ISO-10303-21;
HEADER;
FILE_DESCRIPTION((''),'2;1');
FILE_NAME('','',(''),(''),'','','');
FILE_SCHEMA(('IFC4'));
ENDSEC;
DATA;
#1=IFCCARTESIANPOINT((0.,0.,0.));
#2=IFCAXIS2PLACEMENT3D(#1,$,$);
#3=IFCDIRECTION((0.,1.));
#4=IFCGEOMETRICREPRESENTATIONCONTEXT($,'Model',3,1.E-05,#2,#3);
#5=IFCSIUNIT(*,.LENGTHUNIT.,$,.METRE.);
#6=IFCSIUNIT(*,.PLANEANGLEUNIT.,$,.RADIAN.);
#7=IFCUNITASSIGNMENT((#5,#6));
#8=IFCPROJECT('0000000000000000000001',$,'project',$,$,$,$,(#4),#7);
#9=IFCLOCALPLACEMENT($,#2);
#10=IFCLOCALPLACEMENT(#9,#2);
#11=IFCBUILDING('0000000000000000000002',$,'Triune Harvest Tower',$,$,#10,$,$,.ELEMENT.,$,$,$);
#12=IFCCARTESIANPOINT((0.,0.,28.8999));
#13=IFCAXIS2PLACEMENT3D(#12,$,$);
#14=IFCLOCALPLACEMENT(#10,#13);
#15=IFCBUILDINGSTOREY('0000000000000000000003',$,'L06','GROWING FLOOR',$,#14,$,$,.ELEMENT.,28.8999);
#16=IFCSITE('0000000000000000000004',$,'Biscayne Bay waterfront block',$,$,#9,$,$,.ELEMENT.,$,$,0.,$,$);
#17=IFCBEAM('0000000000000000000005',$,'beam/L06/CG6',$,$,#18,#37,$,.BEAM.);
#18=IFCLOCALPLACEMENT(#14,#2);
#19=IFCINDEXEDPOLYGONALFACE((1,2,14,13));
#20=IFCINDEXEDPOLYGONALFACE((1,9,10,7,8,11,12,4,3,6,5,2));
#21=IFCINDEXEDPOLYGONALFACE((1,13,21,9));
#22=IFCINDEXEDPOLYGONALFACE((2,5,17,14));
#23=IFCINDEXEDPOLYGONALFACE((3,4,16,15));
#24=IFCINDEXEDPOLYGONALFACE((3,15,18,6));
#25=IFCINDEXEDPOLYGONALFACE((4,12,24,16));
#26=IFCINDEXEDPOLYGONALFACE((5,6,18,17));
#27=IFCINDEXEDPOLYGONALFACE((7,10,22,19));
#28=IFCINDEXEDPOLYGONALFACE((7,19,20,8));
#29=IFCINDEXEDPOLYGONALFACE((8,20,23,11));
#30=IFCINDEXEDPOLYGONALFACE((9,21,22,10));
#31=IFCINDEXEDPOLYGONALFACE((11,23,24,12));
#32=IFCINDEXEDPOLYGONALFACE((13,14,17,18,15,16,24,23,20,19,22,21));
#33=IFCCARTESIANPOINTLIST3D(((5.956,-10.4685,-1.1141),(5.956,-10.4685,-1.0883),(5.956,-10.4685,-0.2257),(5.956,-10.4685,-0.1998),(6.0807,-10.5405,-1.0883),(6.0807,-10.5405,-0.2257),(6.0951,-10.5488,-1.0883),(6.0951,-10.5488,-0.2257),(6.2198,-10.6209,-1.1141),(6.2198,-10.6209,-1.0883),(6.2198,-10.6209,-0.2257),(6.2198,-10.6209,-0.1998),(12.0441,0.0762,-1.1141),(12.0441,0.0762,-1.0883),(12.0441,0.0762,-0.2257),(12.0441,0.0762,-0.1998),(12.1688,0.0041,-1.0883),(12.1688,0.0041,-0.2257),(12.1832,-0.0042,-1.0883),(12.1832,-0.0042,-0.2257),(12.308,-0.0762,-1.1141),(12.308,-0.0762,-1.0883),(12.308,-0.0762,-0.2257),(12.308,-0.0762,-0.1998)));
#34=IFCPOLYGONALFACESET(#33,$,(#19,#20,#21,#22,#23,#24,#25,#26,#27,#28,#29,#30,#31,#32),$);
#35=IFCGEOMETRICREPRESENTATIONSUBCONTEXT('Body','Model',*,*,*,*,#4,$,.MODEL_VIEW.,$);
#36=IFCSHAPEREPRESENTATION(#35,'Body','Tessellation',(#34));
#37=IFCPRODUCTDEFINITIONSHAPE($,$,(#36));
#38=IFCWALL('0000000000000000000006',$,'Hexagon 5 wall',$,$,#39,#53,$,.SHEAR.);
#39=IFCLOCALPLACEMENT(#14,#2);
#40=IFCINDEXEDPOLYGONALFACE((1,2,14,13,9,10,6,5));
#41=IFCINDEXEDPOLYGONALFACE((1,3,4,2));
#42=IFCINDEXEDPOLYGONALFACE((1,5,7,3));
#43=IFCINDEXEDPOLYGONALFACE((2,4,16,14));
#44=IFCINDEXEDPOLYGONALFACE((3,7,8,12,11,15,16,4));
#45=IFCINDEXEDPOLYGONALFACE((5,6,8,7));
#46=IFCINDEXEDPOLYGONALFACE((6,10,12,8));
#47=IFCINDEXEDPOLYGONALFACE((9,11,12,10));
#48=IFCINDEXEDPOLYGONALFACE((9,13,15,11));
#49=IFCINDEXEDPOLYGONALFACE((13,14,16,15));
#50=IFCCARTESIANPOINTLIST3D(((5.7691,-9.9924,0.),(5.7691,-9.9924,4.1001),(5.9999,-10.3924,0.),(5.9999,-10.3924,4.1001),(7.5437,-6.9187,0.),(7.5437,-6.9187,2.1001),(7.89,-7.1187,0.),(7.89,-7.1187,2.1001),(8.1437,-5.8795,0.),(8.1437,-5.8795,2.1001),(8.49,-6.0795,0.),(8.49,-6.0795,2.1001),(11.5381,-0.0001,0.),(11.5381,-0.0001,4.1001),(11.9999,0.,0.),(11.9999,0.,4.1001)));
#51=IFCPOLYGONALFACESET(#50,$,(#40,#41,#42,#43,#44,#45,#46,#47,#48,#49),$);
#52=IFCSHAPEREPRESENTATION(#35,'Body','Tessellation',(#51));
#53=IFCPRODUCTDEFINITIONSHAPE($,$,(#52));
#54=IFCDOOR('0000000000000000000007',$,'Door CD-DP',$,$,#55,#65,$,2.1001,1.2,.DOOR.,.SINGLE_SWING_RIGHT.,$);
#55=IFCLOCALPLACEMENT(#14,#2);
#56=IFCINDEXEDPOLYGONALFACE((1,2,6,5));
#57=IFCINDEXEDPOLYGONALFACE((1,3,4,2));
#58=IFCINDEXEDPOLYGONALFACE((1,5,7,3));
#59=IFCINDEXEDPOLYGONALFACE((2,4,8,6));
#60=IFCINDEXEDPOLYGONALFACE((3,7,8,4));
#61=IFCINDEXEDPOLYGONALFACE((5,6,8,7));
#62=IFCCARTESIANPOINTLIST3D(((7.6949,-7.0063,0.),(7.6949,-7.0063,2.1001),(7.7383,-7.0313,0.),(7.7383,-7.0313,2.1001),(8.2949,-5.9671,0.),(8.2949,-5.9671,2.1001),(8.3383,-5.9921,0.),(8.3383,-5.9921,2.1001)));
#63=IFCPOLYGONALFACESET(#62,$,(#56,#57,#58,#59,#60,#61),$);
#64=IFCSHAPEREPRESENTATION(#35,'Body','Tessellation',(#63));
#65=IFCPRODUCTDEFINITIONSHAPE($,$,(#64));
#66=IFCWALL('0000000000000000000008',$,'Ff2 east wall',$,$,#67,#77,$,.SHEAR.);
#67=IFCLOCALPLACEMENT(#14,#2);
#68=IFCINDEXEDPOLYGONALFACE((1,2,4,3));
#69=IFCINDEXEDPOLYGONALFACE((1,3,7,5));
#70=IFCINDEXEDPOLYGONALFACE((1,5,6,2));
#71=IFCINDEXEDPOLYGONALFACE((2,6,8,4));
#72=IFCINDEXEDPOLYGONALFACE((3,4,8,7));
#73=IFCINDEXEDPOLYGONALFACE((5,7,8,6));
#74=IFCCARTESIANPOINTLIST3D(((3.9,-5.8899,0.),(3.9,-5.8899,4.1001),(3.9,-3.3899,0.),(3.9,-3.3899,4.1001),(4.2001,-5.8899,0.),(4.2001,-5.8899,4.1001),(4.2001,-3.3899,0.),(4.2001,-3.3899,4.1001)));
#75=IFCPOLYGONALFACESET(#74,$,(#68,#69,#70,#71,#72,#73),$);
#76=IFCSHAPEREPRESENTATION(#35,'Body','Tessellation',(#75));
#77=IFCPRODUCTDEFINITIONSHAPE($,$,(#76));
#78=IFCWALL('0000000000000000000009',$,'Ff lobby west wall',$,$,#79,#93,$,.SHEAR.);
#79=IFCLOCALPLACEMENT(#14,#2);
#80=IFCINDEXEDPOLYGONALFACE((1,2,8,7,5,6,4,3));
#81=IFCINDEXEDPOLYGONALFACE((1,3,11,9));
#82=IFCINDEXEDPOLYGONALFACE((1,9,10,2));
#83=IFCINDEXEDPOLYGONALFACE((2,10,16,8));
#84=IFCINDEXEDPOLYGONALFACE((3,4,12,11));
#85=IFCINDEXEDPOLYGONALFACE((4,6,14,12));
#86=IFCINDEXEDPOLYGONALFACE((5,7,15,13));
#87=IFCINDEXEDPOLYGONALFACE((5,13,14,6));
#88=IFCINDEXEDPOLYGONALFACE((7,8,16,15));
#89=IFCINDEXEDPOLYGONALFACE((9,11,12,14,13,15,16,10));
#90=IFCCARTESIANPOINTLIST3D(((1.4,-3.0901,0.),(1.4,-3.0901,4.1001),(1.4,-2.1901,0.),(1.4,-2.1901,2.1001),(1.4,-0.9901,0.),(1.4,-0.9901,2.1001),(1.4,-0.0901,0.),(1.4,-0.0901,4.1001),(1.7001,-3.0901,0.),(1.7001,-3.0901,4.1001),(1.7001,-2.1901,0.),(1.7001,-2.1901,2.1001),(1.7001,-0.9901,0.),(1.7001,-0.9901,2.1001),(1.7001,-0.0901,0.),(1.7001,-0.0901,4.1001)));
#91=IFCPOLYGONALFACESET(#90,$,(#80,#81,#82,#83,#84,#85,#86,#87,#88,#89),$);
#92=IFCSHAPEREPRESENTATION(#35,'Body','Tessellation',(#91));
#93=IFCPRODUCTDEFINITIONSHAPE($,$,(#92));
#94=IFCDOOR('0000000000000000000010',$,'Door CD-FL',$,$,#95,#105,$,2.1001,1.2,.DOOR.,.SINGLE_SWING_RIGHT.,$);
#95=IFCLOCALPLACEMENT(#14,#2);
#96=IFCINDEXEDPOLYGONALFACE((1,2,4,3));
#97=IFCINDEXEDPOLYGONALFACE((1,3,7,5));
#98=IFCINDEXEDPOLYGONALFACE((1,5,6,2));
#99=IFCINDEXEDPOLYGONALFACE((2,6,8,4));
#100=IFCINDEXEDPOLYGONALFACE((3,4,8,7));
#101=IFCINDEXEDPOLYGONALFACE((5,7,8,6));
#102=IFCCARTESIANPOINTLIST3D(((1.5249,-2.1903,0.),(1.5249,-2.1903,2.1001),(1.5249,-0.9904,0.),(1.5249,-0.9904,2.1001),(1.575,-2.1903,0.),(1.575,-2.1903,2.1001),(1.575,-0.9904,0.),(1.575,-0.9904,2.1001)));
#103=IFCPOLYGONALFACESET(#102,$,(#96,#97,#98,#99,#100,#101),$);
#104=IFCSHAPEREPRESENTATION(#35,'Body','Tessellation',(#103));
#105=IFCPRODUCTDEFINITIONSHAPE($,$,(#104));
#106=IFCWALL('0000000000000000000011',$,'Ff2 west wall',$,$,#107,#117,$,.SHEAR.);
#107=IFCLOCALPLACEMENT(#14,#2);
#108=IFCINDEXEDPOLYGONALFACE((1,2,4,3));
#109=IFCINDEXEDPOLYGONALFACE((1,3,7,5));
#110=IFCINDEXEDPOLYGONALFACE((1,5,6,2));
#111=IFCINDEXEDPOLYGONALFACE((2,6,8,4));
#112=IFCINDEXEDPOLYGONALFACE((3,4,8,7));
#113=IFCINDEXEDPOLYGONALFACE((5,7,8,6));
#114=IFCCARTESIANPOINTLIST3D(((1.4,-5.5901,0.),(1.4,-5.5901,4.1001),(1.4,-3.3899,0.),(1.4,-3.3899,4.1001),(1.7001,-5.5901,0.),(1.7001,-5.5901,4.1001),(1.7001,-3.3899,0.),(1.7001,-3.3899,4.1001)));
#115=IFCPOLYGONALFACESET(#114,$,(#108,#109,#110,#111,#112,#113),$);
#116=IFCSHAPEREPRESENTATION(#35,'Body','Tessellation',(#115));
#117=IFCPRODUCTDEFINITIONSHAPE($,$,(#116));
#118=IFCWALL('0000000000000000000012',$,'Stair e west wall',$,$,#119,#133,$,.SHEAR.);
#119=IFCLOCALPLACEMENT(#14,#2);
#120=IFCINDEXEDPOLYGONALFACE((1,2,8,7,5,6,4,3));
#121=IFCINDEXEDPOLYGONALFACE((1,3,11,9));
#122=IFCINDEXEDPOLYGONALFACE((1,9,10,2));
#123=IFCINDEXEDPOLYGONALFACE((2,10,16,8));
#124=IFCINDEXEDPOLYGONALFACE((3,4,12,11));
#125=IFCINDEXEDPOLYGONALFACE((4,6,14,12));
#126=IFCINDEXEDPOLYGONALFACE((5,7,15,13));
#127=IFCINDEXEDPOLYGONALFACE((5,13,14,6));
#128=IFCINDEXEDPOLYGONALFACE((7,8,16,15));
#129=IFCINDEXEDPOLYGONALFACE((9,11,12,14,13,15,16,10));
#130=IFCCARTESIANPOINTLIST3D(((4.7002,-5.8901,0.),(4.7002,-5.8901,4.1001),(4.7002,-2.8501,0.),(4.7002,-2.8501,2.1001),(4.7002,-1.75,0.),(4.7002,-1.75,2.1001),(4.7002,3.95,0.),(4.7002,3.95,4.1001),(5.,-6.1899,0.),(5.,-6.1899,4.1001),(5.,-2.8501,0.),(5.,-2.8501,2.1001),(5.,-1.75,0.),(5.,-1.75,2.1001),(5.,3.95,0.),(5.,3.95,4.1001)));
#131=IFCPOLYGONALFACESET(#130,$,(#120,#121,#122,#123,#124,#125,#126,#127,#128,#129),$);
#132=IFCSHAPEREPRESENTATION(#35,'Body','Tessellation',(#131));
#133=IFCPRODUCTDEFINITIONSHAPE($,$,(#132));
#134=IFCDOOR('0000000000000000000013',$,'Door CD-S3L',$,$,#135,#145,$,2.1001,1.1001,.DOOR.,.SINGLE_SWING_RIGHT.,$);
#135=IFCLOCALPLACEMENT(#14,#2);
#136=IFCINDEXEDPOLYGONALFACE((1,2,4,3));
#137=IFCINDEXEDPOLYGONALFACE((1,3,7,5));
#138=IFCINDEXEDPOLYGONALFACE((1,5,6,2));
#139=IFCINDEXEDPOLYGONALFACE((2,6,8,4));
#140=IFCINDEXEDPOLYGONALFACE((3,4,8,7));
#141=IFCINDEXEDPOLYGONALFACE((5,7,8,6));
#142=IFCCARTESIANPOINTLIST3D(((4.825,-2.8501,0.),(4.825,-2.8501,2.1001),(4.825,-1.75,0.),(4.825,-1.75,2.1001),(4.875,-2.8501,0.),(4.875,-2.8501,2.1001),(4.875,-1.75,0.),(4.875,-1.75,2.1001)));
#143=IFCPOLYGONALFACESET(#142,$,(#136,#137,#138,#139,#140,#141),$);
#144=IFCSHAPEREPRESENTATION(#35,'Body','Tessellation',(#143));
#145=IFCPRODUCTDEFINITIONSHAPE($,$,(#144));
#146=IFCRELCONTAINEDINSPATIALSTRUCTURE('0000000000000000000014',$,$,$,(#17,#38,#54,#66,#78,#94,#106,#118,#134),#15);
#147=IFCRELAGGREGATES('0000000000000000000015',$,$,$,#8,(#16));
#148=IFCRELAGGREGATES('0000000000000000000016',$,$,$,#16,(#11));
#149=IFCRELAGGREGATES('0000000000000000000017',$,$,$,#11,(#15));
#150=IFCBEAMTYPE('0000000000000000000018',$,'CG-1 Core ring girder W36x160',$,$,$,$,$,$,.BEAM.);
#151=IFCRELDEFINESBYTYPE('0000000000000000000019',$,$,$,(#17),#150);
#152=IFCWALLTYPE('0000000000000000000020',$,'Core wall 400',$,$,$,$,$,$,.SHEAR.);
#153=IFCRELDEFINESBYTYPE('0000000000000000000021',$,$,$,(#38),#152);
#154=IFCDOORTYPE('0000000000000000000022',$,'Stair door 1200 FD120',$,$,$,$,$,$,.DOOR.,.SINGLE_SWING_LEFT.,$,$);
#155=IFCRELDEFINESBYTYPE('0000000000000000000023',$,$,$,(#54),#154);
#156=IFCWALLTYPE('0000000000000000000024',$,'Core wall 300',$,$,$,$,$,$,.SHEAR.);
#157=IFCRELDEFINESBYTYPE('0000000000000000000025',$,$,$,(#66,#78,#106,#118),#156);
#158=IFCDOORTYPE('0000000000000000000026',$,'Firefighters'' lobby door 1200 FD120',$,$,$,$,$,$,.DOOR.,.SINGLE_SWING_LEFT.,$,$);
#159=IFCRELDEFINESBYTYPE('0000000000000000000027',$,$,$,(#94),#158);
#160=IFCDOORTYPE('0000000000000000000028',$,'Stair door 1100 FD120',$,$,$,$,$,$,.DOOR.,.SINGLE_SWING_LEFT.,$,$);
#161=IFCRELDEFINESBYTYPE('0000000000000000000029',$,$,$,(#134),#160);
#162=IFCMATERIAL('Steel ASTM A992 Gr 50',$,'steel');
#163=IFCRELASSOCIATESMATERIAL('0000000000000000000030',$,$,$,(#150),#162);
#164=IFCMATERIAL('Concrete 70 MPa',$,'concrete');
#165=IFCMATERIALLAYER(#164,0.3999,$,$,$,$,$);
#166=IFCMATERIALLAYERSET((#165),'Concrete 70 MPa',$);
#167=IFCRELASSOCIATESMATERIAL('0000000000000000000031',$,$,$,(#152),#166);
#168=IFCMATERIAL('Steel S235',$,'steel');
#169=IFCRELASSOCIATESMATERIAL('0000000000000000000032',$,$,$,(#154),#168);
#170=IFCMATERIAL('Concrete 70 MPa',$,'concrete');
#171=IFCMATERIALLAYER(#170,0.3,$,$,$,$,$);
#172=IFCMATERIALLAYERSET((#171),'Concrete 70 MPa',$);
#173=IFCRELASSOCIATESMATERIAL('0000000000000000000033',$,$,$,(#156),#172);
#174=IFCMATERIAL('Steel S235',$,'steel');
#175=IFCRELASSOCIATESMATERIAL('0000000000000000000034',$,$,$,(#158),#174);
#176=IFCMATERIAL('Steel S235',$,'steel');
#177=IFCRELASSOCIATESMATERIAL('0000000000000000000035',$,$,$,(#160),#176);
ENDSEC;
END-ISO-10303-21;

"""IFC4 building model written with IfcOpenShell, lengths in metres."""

from ifc_helpers import new_model, si_unit, direction, frame, frame_2d, origin, origin_2d, place, context, subcontext, project, spatial, polyline, rectangle, i_section, outline, extrude, source, transform, mapped, material, layer, layer_set, material_profile, profile_set, type_object, element, fill, save


model = new_model("IFC4")

# Units and contexts
model_context = context("Model", 3, precision=1e-05, world=origin(), true_north=direction((0.0, 1.0)))
body_context = subcontext(model_context, "Body", "Model", "MODEL_VIEW")
ifc_project = project(units=[si_unit("LENGTHUNIT", "METRE"), si_unit("PLANEANGLEUNIT", "RADIAN")], contexts=[model_context])

# Site, building, storey
site_placement = place(None, origin())
site = spatial("IfcSite", under=ifc_project, at=site_placement, Name="Biscayne Bay waterfront block", CompositionType="ELEMENT", RefElevation=0.0)
building_placement = place(site_placement, origin())
building = spatial("IfcBuilding", under=site, at=building_placement, Name="Triune Harvest Tower", CompositionType="ELEMENT")
storey_placement = place(building_placement, frame((0.0, 0.0, 28.8999)))
storey = spatial("IfcBuildingStorey", under=building, at=storey_placement, Name="L06", Description="GROWING FLOOR", CompositionType="ELEMENT", Elevation=28.8999)

# Beam
ifc_material_1 = material(Name="Steel ASTM A992 Gr 50", Category="steel")
ifc_material_profile = material_profile(ifc_material_1, i_section(OverallWidth=0.3047, OverallDepth=0.9143, WebThickness=0.0166, FlangeThickness=0.0259, at=origin_2d()), Name="W36x160")
ifc_profile_set = profile_set([ifc_material_profile], Name="Steel ASTM A992 Gr 50")
beam_type = type_object("IfcBeamType", Name="CG-1 Core ring girder W36x160", PredefinedType="BEAM", material=ifc_profile_set)
shared_shape_1 = source(origin(), body_context, "Body", "SweptSolid", [
    extrude(i_section(OverallWidth=0.3047, OverallDepth=0.9143, WebThickness=0.0166, FlangeThickness=0.0259, at=origin_2d()), origin(), (0.0, 0.0, 1.0), 12.176),
])
beam_placement = place(storey_placement, frame((6.0879, -10.5447, -0.657), z_axis=(0.50001, 0.86602, 0.0), x_axis=(-0.86602, 0.50001, 0.0)))
element("IfcBeam", 1, at=beam_placement, inside=storey, type_object=beam_type, Name="beam/L06/CG6", PredefinedType="BEAM", context=body_context, shape_type="MappedRepresentation", body=[
    mapped(shared_shape_1, transform((0.0, 0.0, 0.0), scale=1.0)),
])

# Wall, opening, door
ifc_material_2 = material(Name="Concrete 70 MPa", Category="concrete")
ifc_layer_1 = layer(ifc_material_2, 0.3999)
ifc_layer_set_1 = layer_set([ifc_layer_1], Name="Concrete 70 MPa")
wall_type_1 = type_object("IfcWallType", Name="Core wall 400", PredefinedType="SHEAR", material=ifc_layer_set_1)
shared_shape_2 = source(origin(), body_context, "Body", "SweptSolid", [
    extrude(outline(polyline([(-0.1155, -0.2), (11.8845, -0.2), (11.6536, 0.2), (0.1155, 0.2), (-0.1155, -0.2)])), origin(), (0.0, 0.0, 1.0), 4.1001),
])
wall_1_placement = place(storey_placement, frame((5.8845, -10.1924, 0.0), z_axis=(0.0, 0.0, 1.0), x_axis=(0.499997, 0.866027, 0.0)))
wall_1 = element("IfcWall", 2, at=wall_1_placement, inside=storey, type_object=wall_type_1, Name="Hexagon 5 wall", PredefinedType="SHEAR", context=body_context, shape_type="MappedRepresentation", body=[
    mapped(shared_shape_2, transform((0.0, 0.0, 0.0), scale=1.0)),
])
opening_1_placement = place(wall_1_placement, frame((3.6646, 0.0, 0.0)))
opening_1 = element("IfcOpeningElement", 3, at=opening_1_placement, cuts=wall_1, PredefinedType="OPENING", context=body_context, shape_type="SweptSolid", body=[
    extrude(rectangle(XDim=1.2, YDim=2.1001, at=frame_2d((0.6001, 1.05))), frame((0.0, 0.21, 0.0), z_axis=(0.0, -1.0, 0.0), x_axis=(1.0, 0.0, 0.0)), (0.0, 0.0, 1.0), 0.4199),
])
ifc_material_3 = material(Name="Steel S235", Category="steel")
door_type_1 = type_object("IfcDoorType", Name="Stair door 1200 FD120", OperationType="SINGLE_SWING_LEFT", PredefinedType="DOOR", material=ifc_material_3)
door_1_placement = place(opening_1_placement, frame((1.2, 0.0, 0.0), z_axis=(0.0, 0.0, 1.0), x_axis=(-1.0, 0.0, 0.0)))
door_1 = element("IfcDoor", 4, at=door_1_placement, inside=storey, type_object=door_type_1, Name="Door CD-DP", OperationType="SINGLE_SWING_RIGHT", OverallHeight=2.1001, OverallWidth=1.2, PredefinedType="DOOR", context=body_context, shape_type="SweptSolid", body=[
    extrude(rectangle(XDim=1.2, YDim=2.1001, at=frame_2d((0.6001, 1.05))), frame((0.0, 0.0249, 0.0), z_axis=(0.0, -1.0, 0.0), x_axis=(1.0, 0.0, 0.0)), (0.0, 0.0, 1.0), 0.05),
])
fill(opening_1, door_1)

# Wall
ifc_material_4 = material(Name="Concrete 70 MPa", Category="concrete")
ifc_layer_2 = layer(ifc_material_4, 0.3)
ifc_layer_set_2 = layer_set([ifc_layer_2], Name="Concrete 70 MPa")
wall_type_2 = type_object("IfcWallType", Name="Core wall 300", PredefinedType="SHEAR", material=ifc_layer_set_2)
shared_shape_3 = source(origin(), body_context, "Body", "SweptSolid", [
    extrude(rectangle(XDim=2.5, YDim=0.3, at=frame_2d((1.25, 0.0))), origin(), (0.0, 0.0, 1.0), 4.1001),
])
wall_2_placement = place(storey_placement, frame((4.05, -5.8899, 0.0), z_axis=(0.0, 0.0, 1.0), x_axis=(0.0, 1.0, 0.0)))
element("IfcWall", 5, at=wall_2_placement, inside=storey, type_object=wall_type_2, Name="Ff2 east wall", PredefinedType="SHEAR", context=body_context, shape_type="MappedRepresentation", body=[
    mapped(shared_shape_3, transform((0.0, 0.0, 0.0), scale=1.0)),
])

# Wall, opening, door
shared_shape_4 = source(origin(), body_context, "Body", "SweptSolid", [
    extrude(rectangle(XDim=3.0, YDim=0.3, at=frame_2d((1.5, 0.0))), origin(), (0.0, 0.0, 1.0), 4.1001),
])
wall_3_placement = place(storey_placement, frame((1.55, -3.0901, 0.0), z_axis=(0.0, 0.0, 1.0), x_axis=(0.0, 1.0, 0.0)))
wall_3 = element("IfcWall", 6, at=wall_3_placement, inside=storey, type_object=wall_type_2, Name="Ff lobby west wall", PredefinedType="SHEAR", context=body_context, shape_type="MappedRepresentation", body=[
    mapped(shared_shape_4, transform((0.0, 0.0, 0.0), scale=1.0)),
])
opening_2_placement = place(wall_3_placement, frame((0.8999, 0.0, 0.0)))
opening_2 = element("IfcOpeningElement", 7, at=opening_2_placement, cuts=wall_3, PredefinedType="OPENING", context=body_context, shape_type="SweptSolid", body=[
    extrude(rectangle(XDim=1.2, YDim=2.1001, at=frame_2d((0.6001, 1.05))), frame((0.0, 0.1602, 0.0), z_axis=(0.0, -1.0, 0.0), x_axis=(1.0, 0.0, 0.0)), (0.0, 0.0, 1.0), 0.3201),
])
ifc_material_5 = material(Name="Steel S235", Category="steel")
door_type_2 = type_object("IfcDoorType", Name="Firefighters' lobby door 1200 FD120", OperationType="SINGLE_SWING_LEFT", PredefinedType="DOOR", material=ifc_material_5)
door_2_placement = place(opening_2_placement, frame((1.2, 0.0, 0.0), z_axis=(0.0, 0.0, 1.0), x_axis=(-1.0, 0.0, 0.0)))
door_2 = element("IfcDoor", 8, at=door_2_placement, inside=storey, type_object=door_type_2, Name="Door CD-FL", OperationType="SINGLE_SWING_RIGHT", OverallHeight=2.1001, OverallWidth=1.2, PredefinedType="DOOR", context=body_context, shape_type="SweptSolid", body=[
    extrude(rectangle(XDim=1.2, YDim=2.1001, at=frame_2d((0.6001, 1.05))), frame((0.0, 0.0249, 0.0), z_axis=(0.0, -1.0, 0.0), x_axis=(1.0, 0.0, 0.0)), (0.0, 0.0, 1.0), 0.05),
])
fill(opening_2, door_2)

# Wall
shared_shape_5 = source(origin(), body_context, "Body", "SweptSolid", [
    extrude(rectangle(XDim=2.2002, YDim=0.3, at=frame_2d((1.1001, 0.0))), origin(), (0.0, 0.0, 1.0), 4.1001),
])
wall_4_placement = place(storey_placement, frame((1.55, -5.5901, 0.0), z_axis=(0.0, 0.0, 1.0), x_axis=(0.0, 1.0, 0.0)))
element("IfcWall", 9, at=wall_4_placement, inside=storey, type_object=wall_type_2, Name="Ff2 west wall", PredefinedType="SHEAR", context=body_context, shape_type="MappedRepresentation", body=[
    mapped(shared_shape_5, transform((0.0, 0.0, 0.0), scale=1.0)),
])

# Wall, opening, door
shared_shape_6 = source(origin(), body_context, "Body", "SweptSolid", [
    extrude(outline(polyline([(-0.1499, -0.1499), (9.99, -0.1499), (9.99, 0.1499), (0.1499, 0.1499), (-0.1499, -0.1499)])), origin(), (0.0, 0.0, 1.0), 4.1001),
])
wall_5_placement = place(storey_placement, frame((4.8501, -6.04, 0.0), z_axis=(0.0, 0.0, 1.0), x_axis=(0.0, 1.0, 0.0)))
wall_5 = element("IfcWall", 10, at=wall_5_placement, inside=storey, type_object=wall_type_2, Name="Stair e west wall", PredefinedType="SHEAR", context=body_context, shape_type="MappedRepresentation", body=[
    mapped(shared_shape_6, transform((0.0, 0.0, 0.0), scale=1.0)),
])
opening_3_placement = place(wall_5_placement, frame((3.1899, 0.0, 0.0)))
opening_3 = element("IfcOpeningElement", 11, at=opening_3_placement, cuts=wall_5, PredefinedType="OPENING", context=body_context, shape_type="SweptSolid", body=[
    extrude(rectangle(XDim=1.1001, YDim=2.1001, at=frame_2d((0.55, 1.05))), frame((0.0, 0.1602, 0.0), z_axis=(0.0, -1.0, 0.0), x_axis=(1.0, 0.0, 0.0)), (0.0, 0.0, 1.0), 0.3201),
])
ifc_material_6 = material(Name="Steel S235", Category="steel")
door_type_3 = type_object("IfcDoorType", Name="Stair door 1100 FD120", OperationType="SINGLE_SWING_LEFT", PredefinedType="DOOR", material=ifc_material_6)
door_3_placement = place(opening_3_placement, frame((1.1001, 0.0, 0.0), z_axis=(0.0, 0.0, 1.0), x_axis=(-1.0, 0.0, 0.0)))
door_3 = element("IfcDoor", 12, at=door_3_placement, inside=storey, type_object=door_type_3, Name="Door CD-S3L", OperationType="SINGLE_SWING_RIGHT", OverallHeight=2.1001, OverallWidth=1.1001, PredefinedType="DOOR", context=body_context, shape_type="SweptSolid", body=[
    extrude(rectangle(XDim=1.1001, YDim=2.1001, at=frame_2d((0.55, 1.05))), frame((0.0, 0.0249, 0.0), z_axis=(0.0, -1.0, 0.0), x_axis=(1.0, 0.0, 0.0)), (0.0, 0.0, 1.0), 0.05),
])
fill(opening_3, door_3)

save(model, "model.ifc")
